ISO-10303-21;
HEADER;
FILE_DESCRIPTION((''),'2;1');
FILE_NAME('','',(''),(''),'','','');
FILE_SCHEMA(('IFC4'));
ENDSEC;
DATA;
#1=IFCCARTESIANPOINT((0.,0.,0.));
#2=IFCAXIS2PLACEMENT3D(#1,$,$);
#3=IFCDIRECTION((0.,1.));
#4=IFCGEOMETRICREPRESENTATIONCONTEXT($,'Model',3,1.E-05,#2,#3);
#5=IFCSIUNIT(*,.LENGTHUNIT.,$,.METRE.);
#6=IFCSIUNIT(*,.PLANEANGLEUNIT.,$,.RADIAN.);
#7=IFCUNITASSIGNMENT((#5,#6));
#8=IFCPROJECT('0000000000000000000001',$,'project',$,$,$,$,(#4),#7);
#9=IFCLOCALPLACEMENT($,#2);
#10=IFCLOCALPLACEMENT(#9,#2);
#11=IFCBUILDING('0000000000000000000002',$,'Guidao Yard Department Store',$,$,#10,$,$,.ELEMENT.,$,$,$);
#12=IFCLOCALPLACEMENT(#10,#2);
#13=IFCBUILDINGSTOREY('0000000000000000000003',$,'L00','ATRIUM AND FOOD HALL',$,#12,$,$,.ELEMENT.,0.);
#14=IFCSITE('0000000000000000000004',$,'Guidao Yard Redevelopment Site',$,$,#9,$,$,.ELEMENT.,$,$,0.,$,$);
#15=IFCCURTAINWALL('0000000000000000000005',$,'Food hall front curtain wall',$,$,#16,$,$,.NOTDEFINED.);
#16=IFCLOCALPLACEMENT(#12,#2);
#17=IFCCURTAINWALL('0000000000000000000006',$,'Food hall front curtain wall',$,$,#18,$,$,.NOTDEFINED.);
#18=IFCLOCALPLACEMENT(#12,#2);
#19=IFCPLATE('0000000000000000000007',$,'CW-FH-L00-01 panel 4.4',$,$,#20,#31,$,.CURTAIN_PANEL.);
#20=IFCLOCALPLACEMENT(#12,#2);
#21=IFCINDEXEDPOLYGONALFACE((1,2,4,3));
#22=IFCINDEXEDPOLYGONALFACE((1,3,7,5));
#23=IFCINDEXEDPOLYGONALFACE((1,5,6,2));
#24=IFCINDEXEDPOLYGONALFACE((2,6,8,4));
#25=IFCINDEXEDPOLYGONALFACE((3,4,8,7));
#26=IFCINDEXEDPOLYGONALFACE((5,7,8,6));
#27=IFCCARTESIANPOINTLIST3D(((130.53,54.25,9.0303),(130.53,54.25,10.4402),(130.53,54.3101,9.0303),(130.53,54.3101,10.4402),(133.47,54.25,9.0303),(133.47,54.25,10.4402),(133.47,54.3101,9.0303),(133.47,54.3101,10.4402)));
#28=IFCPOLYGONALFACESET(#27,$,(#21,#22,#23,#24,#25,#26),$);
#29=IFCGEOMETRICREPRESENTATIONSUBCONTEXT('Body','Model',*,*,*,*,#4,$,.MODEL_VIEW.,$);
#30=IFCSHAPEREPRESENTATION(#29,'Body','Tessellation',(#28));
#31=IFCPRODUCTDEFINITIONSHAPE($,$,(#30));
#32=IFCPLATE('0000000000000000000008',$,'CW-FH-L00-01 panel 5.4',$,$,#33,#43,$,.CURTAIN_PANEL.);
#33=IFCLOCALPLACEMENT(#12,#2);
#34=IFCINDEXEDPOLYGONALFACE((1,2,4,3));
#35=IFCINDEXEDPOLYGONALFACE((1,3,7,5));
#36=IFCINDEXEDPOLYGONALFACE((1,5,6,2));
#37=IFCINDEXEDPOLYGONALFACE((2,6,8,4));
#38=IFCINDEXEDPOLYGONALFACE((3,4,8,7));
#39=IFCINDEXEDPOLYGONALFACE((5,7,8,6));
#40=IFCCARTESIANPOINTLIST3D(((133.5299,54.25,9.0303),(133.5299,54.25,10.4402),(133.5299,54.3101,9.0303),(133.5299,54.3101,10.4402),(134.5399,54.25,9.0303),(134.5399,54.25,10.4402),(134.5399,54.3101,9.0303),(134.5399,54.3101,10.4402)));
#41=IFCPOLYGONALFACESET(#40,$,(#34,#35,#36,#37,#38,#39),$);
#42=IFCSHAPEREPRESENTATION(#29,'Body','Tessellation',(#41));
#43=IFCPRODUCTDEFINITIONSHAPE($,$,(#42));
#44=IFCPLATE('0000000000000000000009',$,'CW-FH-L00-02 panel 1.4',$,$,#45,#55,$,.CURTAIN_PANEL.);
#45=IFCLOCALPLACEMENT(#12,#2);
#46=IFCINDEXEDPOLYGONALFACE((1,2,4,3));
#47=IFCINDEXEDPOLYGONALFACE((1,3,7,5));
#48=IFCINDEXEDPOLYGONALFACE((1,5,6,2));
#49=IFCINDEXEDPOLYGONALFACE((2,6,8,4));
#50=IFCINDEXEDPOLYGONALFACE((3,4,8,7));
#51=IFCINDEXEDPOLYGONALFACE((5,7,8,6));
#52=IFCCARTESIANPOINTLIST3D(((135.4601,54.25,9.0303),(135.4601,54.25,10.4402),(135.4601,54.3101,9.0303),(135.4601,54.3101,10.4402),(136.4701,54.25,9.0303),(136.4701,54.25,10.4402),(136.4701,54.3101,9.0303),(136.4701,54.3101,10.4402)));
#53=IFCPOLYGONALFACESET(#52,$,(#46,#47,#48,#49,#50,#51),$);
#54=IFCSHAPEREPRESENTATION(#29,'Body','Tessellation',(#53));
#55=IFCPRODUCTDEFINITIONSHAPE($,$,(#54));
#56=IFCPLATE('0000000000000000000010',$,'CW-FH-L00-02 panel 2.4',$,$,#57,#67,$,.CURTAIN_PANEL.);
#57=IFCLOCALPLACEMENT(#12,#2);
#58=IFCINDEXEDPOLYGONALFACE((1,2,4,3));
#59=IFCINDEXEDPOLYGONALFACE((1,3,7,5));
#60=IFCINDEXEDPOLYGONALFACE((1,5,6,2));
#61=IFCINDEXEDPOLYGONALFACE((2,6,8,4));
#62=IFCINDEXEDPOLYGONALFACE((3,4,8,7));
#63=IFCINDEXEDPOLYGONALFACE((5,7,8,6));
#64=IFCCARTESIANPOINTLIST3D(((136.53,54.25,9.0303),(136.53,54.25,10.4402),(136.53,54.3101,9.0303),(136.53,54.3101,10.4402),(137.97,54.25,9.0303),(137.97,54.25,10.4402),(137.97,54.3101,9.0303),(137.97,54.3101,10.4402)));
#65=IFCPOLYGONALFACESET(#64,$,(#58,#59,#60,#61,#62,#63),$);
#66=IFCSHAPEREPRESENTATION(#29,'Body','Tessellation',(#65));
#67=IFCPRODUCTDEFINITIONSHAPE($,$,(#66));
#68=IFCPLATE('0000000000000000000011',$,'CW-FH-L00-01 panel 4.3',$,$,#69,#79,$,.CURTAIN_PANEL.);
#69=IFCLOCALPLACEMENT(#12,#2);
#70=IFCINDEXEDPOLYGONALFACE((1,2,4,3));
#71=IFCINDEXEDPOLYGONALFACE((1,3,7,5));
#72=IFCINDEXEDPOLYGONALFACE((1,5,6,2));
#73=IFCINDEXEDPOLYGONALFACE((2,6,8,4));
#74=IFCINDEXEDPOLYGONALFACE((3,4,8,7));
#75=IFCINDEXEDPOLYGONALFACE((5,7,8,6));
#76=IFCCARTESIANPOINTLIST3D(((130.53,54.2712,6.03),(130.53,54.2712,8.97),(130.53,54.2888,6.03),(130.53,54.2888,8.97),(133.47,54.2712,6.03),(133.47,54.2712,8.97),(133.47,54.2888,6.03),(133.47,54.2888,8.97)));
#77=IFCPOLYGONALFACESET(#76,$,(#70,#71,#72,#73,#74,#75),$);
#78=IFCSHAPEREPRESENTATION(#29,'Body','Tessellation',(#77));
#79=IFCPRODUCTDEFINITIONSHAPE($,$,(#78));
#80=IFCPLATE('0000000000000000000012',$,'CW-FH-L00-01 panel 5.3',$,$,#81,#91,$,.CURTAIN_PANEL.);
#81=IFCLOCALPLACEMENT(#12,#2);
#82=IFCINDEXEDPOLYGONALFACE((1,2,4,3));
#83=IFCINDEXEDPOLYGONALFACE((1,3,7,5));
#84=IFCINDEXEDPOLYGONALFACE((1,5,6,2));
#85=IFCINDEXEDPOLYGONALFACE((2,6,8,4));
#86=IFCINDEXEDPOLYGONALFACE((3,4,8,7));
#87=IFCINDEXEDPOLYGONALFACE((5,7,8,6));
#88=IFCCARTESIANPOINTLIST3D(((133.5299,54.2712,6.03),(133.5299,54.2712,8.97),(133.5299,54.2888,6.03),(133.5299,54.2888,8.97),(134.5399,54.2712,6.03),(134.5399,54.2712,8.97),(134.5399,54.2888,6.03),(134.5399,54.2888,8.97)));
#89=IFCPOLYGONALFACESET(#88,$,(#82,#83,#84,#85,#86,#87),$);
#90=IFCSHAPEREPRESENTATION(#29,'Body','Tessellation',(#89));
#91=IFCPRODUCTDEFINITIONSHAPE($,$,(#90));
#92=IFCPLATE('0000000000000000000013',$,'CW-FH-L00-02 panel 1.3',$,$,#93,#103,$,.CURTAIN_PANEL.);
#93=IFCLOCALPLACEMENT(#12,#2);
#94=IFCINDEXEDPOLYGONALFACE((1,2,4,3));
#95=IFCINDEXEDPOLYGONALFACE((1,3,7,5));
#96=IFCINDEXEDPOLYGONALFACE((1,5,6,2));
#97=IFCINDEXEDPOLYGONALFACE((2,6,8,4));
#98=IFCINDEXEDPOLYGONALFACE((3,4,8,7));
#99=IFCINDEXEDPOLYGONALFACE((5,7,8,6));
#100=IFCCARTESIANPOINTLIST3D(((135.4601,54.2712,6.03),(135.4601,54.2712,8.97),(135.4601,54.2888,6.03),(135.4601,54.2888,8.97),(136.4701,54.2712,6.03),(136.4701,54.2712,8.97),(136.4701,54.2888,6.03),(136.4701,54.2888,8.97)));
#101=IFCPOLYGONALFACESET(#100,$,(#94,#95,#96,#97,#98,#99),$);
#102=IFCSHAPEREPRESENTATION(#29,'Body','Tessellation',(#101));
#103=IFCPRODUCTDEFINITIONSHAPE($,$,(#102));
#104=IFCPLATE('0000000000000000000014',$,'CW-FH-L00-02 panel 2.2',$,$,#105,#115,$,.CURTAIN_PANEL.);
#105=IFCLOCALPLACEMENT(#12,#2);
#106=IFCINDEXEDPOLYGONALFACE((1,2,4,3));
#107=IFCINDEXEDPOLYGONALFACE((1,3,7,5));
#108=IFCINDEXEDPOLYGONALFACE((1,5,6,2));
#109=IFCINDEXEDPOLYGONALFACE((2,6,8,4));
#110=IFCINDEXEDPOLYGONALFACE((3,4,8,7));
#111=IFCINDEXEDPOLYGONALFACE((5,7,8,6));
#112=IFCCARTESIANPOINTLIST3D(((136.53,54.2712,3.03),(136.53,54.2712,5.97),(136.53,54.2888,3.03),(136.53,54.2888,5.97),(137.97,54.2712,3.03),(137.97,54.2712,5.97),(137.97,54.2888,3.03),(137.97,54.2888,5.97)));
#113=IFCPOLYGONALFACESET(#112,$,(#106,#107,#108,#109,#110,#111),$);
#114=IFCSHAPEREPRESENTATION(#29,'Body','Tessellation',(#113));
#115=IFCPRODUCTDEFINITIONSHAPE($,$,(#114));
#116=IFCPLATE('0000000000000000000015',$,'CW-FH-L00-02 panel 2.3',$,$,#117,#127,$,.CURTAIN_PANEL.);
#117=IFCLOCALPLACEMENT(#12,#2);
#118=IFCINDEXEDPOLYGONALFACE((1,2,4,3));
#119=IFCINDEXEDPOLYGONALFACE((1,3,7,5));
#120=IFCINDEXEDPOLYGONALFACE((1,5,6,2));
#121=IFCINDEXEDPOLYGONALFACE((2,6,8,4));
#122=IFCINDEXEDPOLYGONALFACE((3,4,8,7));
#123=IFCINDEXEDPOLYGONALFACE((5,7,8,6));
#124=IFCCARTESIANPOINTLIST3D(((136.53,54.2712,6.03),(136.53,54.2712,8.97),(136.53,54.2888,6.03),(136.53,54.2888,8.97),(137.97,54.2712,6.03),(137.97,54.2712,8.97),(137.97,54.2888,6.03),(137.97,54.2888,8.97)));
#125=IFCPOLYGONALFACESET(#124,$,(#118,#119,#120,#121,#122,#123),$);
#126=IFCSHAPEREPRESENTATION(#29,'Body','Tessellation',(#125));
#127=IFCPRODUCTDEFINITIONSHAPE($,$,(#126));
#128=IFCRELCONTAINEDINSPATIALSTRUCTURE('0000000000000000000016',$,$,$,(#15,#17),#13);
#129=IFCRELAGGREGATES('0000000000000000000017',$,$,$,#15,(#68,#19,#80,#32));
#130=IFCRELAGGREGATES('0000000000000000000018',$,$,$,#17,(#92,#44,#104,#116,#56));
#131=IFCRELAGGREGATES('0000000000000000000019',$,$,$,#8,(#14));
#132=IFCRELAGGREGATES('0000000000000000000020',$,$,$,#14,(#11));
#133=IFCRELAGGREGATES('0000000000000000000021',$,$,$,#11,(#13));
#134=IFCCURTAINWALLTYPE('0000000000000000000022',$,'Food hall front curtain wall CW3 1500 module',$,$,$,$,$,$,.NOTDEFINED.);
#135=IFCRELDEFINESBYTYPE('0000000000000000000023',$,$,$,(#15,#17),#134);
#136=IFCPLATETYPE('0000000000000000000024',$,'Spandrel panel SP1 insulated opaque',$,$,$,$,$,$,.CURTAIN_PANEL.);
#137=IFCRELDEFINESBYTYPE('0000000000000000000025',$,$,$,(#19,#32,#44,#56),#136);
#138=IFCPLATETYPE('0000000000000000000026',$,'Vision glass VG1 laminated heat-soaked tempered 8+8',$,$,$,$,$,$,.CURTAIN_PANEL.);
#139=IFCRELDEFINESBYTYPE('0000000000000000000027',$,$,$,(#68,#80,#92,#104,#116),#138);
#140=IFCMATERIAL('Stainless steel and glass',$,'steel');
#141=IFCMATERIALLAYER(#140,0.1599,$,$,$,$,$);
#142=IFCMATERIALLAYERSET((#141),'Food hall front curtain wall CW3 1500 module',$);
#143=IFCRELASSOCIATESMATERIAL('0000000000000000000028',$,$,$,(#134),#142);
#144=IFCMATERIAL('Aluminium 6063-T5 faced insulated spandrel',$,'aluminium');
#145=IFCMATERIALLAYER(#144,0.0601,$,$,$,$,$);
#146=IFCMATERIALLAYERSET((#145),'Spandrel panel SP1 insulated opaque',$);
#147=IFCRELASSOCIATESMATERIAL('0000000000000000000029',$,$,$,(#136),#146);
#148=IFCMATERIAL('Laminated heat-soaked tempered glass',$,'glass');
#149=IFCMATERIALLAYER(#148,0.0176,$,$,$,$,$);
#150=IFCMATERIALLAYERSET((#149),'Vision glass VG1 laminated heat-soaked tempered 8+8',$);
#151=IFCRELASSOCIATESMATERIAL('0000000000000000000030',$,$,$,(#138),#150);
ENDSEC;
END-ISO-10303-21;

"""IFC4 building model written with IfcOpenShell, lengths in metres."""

from ifc_helpers import new_model, si_unit, direction, frame, origin, origin_2d, place, context, subcontext, project, spatial, rectangle, extrude, material, layer, layer_set, type_object, element, aggregate, save


model = new_model("IFC4")

# Units and contexts
model_context = context("Model", 3, precision=1e-05, world=origin(), true_north=direction((0.0, 1.0)))
body_context = subcontext(model_context, "Body", "Model", "MODEL_VIEW")
ifc_project = project(units=[si_unit("LENGTHUNIT", "METRE"), si_unit("PLANEANGLEUNIT", "RADIAN")], contexts=[model_context])

# Site, building, storey
site_placement = place(None, origin())
site = spatial("IfcSite", under=ifc_project, at=site_placement, Name="Guidao Yard Redevelopment Site", CompositionType="ELEMENT", RefElevation=0.0)
building_placement = place(site_placement, origin())
building = spatial("IfcBuilding", under=site, at=building_placement, Name="Guidao Yard Department Store", CompositionType="ELEMENT")
storey_placement = place(building_placement, origin())
storey = spatial("IfcBuildingStorey", under=building, at=storey_placement, Name="L00", Description="ATRIUM AND FOOD HALL", CompositionType="ELEMENT", Elevation=0.0)

# Curtain walls
ifc_material_1 = material(Name="Stainless steel and glass", Category="steel")
ifc_layer_1 = layer(ifc_material_1, 0.1599)
ifc_layer_set_1 = layer_set([ifc_layer_1], Name="Food hall front curtain wall CW3 1500 module")
curtain_wall_type = type_object("IfcCurtainWallType", Name="Food hall front curtain wall CW3 1500 module", PredefinedType="NOTDEFINED", material=ifc_layer_set_1)
curtain_wall_1_placement = place(storey_placement, origin())
curtain_wall_1 = element("IfcCurtainWall", 1, at=curtain_wall_1_placement, inside=storey, type_object=curtain_wall_type, Name="Food hall front curtain wall", PredefinedType="NOTDEFINED")
curtain_wall_2_placement = place(storey_placement, origin())
curtain_wall_2 = element("IfcCurtainWall", 2, at=curtain_wall_2_placement, inside=storey, type_object=curtain_wall_type, Name="Food hall front curtain wall", PredefinedType="NOTDEFINED")

# Plates
ifc_material_2 = material(Name="Aluminium 6063-T5 faced insulated spandrel", Category="aluminium")
ifc_layer_2 = layer(ifc_material_2, 0.0601)
ifc_layer_set_2 = layer_set([ifc_layer_2], Name="Spandrel panel SP1 insulated opaque")
plate_type_1 = type_object("IfcPlateType", Name="Spandrel panel SP1 insulated opaque", PredefinedType="CURTAIN_PANEL", material=ifc_layer_set_2)
plate_1_placement = place(storey_placement, frame((132.0, 54.28, 9.0303), z_axis=(0.0, 0.0, 1.0), x_axis=(-1.0, 0.0, 0.0)))
plate_1 = element("IfcPlate", 3, at=plate_1_placement, type_object=plate_type_1, Name="CW-FH-L00-01 panel 4.4", PredefinedType="CURTAIN_PANEL", context=body_context, shape_type="SweptSolid", body=[
    extrude(rectangle(XDim=2.9399, YDim=0.0601, at=origin_2d()), origin(), (0.0, 0.0, 1.0), 1.4099),
])
plate_2_placement = place(storey_placement, frame((134.0349, 54.28, 9.0303), z_axis=(0.0, 0.0, 1.0), x_axis=(-1.0, 0.0, 0.0)))
plate_2 = element("IfcPlate", 4, at=plate_2_placement, type_object=plate_type_1, Name="CW-FH-L00-01 panel 5.4", PredefinedType="CURTAIN_PANEL", context=body_context, shape_type="SweptSolid", body=[
    extrude(rectangle(XDim=1.01, YDim=0.0601, at=origin_2d()), origin(), (0.0, 0.0, 1.0), 1.4099),
])
plate_3_placement = place(storey_placement, frame((135.9651, 54.28, 9.0303), z_axis=(0.0, 0.0, 1.0), x_axis=(-1.0, 0.0, 0.0)))
plate_3 = element("IfcPlate", 5, at=plate_3_placement, type_object=plate_type_1, Name="CW-FH-L00-02 panel 1.4", PredefinedType="CURTAIN_PANEL", context=body_context, shape_type="SweptSolid", body=[
    extrude(rectangle(XDim=1.01, YDim=0.0601, at=origin_2d()), origin(), (0.0, 0.0, 1.0), 1.4099),
])
plate_4_placement = place(storey_placement, frame((137.25, 54.28, 9.0303), z_axis=(0.0, 0.0, 1.0), x_axis=(-1.0, 0.0, 0.0)))
plate_4 = element("IfcPlate", 6, at=plate_4_placement, type_object=plate_type_1, Name="CW-FH-L00-02 panel 2.4", PredefinedType="CURTAIN_PANEL", context=body_context, shape_type="SweptSolid", body=[
    extrude(rectangle(XDim=1.4399, YDim=0.0601, at=origin_2d()), origin(), (0.0, 0.0, 1.0), 1.4099),
])
ifc_material_3 = material(Name="Laminated heat-soaked tempered glass", Category="glass")
ifc_layer_3 = layer(ifc_material_3, 0.0176)
ifc_layer_set_3 = layer_set([ifc_layer_3], Name="Vision glass VG1 laminated heat-soaked tempered 8+8")
plate_type_2 = type_object("IfcPlateType", Name="Vision glass VG1 laminated heat-soaked tempered 8+8", PredefinedType="CURTAIN_PANEL", material=ifc_layer_set_3)
plate_5_placement = place(storey_placement, frame((132.0, 54.28, 6.03), z_axis=(0.0, 0.0, 1.0), x_axis=(-1.0, 0.0, 0.0)))
plate_5 = element("IfcPlate", 7, at=plate_5_placement, type_object=plate_type_2, Name="CW-FH-L00-01 panel 4.3", PredefinedType="CURTAIN_PANEL", context=body_context, shape_type="SweptSolid", body=[
    extrude(rectangle(XDim=2.9399, YDim=0.0176, at=origin_2d()), origin(), (0.0, 0.0, 1.0), 2.9399),
])
plate_6_placement = place(storey_placement, frame((134.0349, 54.28, 6.03), z_axis=(0.0, 0.0, 1.0), x_axis=(-1.0, 0.0, 0.0)))
plate_6 = element("IfcPlate", 8, at=plate_6_placement, type_object=plate_type_2, Name="CW-FH-L00-01 panel 5.3", PredefinedType="CURTAIN_PANEL", context=body_context, shape_type="SweptSolid", body=[
    extrude(rectangle(XDim=1.01, YDim=0.0176, at=origin_2d()), origin(), (0.0, 0.0, 1.0), 2.9399),
])
aggregate(curtain_wall_1, [plate_5, plate_1, plate_6, plate_2])
plate_7_placement = place(storey_placement, frame((135.9651, 54.28, 6.03), z_axis=(0.0, 0.0, 1.0), x_axis=(-1.0, 0.0, 0.0)))
plate_7 = element("IfcPlate", 9, at=plate_7_placement, type_object=plate_type_2, Name="CW-FH-L00-02 panel 1.3", PredefinedType="CURTAIN_PANEL", context=body_context, shape_type="SweptSolid", body=[
    extrude(rectangle(XDim=1.01, YDim=0.0176, at=origin_2d()), origin(), (0.0, 0.0, 1.0), 2.9399),
])
plate_8_placement = place(storey_placement, frame((137.25, 54.28, 3.03), z_axis=(0.0, 0.0, 1.0), x_axis=(-1.0, 0.0, 0.0)))
plate_8 = element("IfcPlate", 10, at=plate_8_placement, type_object=plate_type_2, Name="CW-FH-L00-02 panel 2.2", PredefinedType="CURTAIN_PANEL", context=body_context, shape_type="SweptSolid", body=[
    extrude(rectangle(XDim=1.4399, YDim=0.0176, at=origin_2d()), origin(), (0.0, 0.0, 1.0), 2.9399),
])
plate_9_placement = place(storey_placement, frame((137.25, 54.28, 6.03), z_axis=(0.0, 0.0, 1.0), x_axis=(-1.0, 0.0, 0.0)))
plate_9 = element("IfcPlate", 11, at=plate_9_placement, type_object=plate_type_2, Name="CW-FH-L00-02 panel 2.3", PredefinedType="CURTAIN_PANEL", context=body_context, shape_type="SweptSolid", body=[
    extrude(rectangle(XDim=1.4399, YDim=0.0176, at=origin_2d()), origin(), (0.0, 0.0, 1.0), 2.9399),
])
aggregate(curtain_wall_2, [plate_7, plate_3, plate_8, plate_9, plate_4])

save(model, "model.ifc")
